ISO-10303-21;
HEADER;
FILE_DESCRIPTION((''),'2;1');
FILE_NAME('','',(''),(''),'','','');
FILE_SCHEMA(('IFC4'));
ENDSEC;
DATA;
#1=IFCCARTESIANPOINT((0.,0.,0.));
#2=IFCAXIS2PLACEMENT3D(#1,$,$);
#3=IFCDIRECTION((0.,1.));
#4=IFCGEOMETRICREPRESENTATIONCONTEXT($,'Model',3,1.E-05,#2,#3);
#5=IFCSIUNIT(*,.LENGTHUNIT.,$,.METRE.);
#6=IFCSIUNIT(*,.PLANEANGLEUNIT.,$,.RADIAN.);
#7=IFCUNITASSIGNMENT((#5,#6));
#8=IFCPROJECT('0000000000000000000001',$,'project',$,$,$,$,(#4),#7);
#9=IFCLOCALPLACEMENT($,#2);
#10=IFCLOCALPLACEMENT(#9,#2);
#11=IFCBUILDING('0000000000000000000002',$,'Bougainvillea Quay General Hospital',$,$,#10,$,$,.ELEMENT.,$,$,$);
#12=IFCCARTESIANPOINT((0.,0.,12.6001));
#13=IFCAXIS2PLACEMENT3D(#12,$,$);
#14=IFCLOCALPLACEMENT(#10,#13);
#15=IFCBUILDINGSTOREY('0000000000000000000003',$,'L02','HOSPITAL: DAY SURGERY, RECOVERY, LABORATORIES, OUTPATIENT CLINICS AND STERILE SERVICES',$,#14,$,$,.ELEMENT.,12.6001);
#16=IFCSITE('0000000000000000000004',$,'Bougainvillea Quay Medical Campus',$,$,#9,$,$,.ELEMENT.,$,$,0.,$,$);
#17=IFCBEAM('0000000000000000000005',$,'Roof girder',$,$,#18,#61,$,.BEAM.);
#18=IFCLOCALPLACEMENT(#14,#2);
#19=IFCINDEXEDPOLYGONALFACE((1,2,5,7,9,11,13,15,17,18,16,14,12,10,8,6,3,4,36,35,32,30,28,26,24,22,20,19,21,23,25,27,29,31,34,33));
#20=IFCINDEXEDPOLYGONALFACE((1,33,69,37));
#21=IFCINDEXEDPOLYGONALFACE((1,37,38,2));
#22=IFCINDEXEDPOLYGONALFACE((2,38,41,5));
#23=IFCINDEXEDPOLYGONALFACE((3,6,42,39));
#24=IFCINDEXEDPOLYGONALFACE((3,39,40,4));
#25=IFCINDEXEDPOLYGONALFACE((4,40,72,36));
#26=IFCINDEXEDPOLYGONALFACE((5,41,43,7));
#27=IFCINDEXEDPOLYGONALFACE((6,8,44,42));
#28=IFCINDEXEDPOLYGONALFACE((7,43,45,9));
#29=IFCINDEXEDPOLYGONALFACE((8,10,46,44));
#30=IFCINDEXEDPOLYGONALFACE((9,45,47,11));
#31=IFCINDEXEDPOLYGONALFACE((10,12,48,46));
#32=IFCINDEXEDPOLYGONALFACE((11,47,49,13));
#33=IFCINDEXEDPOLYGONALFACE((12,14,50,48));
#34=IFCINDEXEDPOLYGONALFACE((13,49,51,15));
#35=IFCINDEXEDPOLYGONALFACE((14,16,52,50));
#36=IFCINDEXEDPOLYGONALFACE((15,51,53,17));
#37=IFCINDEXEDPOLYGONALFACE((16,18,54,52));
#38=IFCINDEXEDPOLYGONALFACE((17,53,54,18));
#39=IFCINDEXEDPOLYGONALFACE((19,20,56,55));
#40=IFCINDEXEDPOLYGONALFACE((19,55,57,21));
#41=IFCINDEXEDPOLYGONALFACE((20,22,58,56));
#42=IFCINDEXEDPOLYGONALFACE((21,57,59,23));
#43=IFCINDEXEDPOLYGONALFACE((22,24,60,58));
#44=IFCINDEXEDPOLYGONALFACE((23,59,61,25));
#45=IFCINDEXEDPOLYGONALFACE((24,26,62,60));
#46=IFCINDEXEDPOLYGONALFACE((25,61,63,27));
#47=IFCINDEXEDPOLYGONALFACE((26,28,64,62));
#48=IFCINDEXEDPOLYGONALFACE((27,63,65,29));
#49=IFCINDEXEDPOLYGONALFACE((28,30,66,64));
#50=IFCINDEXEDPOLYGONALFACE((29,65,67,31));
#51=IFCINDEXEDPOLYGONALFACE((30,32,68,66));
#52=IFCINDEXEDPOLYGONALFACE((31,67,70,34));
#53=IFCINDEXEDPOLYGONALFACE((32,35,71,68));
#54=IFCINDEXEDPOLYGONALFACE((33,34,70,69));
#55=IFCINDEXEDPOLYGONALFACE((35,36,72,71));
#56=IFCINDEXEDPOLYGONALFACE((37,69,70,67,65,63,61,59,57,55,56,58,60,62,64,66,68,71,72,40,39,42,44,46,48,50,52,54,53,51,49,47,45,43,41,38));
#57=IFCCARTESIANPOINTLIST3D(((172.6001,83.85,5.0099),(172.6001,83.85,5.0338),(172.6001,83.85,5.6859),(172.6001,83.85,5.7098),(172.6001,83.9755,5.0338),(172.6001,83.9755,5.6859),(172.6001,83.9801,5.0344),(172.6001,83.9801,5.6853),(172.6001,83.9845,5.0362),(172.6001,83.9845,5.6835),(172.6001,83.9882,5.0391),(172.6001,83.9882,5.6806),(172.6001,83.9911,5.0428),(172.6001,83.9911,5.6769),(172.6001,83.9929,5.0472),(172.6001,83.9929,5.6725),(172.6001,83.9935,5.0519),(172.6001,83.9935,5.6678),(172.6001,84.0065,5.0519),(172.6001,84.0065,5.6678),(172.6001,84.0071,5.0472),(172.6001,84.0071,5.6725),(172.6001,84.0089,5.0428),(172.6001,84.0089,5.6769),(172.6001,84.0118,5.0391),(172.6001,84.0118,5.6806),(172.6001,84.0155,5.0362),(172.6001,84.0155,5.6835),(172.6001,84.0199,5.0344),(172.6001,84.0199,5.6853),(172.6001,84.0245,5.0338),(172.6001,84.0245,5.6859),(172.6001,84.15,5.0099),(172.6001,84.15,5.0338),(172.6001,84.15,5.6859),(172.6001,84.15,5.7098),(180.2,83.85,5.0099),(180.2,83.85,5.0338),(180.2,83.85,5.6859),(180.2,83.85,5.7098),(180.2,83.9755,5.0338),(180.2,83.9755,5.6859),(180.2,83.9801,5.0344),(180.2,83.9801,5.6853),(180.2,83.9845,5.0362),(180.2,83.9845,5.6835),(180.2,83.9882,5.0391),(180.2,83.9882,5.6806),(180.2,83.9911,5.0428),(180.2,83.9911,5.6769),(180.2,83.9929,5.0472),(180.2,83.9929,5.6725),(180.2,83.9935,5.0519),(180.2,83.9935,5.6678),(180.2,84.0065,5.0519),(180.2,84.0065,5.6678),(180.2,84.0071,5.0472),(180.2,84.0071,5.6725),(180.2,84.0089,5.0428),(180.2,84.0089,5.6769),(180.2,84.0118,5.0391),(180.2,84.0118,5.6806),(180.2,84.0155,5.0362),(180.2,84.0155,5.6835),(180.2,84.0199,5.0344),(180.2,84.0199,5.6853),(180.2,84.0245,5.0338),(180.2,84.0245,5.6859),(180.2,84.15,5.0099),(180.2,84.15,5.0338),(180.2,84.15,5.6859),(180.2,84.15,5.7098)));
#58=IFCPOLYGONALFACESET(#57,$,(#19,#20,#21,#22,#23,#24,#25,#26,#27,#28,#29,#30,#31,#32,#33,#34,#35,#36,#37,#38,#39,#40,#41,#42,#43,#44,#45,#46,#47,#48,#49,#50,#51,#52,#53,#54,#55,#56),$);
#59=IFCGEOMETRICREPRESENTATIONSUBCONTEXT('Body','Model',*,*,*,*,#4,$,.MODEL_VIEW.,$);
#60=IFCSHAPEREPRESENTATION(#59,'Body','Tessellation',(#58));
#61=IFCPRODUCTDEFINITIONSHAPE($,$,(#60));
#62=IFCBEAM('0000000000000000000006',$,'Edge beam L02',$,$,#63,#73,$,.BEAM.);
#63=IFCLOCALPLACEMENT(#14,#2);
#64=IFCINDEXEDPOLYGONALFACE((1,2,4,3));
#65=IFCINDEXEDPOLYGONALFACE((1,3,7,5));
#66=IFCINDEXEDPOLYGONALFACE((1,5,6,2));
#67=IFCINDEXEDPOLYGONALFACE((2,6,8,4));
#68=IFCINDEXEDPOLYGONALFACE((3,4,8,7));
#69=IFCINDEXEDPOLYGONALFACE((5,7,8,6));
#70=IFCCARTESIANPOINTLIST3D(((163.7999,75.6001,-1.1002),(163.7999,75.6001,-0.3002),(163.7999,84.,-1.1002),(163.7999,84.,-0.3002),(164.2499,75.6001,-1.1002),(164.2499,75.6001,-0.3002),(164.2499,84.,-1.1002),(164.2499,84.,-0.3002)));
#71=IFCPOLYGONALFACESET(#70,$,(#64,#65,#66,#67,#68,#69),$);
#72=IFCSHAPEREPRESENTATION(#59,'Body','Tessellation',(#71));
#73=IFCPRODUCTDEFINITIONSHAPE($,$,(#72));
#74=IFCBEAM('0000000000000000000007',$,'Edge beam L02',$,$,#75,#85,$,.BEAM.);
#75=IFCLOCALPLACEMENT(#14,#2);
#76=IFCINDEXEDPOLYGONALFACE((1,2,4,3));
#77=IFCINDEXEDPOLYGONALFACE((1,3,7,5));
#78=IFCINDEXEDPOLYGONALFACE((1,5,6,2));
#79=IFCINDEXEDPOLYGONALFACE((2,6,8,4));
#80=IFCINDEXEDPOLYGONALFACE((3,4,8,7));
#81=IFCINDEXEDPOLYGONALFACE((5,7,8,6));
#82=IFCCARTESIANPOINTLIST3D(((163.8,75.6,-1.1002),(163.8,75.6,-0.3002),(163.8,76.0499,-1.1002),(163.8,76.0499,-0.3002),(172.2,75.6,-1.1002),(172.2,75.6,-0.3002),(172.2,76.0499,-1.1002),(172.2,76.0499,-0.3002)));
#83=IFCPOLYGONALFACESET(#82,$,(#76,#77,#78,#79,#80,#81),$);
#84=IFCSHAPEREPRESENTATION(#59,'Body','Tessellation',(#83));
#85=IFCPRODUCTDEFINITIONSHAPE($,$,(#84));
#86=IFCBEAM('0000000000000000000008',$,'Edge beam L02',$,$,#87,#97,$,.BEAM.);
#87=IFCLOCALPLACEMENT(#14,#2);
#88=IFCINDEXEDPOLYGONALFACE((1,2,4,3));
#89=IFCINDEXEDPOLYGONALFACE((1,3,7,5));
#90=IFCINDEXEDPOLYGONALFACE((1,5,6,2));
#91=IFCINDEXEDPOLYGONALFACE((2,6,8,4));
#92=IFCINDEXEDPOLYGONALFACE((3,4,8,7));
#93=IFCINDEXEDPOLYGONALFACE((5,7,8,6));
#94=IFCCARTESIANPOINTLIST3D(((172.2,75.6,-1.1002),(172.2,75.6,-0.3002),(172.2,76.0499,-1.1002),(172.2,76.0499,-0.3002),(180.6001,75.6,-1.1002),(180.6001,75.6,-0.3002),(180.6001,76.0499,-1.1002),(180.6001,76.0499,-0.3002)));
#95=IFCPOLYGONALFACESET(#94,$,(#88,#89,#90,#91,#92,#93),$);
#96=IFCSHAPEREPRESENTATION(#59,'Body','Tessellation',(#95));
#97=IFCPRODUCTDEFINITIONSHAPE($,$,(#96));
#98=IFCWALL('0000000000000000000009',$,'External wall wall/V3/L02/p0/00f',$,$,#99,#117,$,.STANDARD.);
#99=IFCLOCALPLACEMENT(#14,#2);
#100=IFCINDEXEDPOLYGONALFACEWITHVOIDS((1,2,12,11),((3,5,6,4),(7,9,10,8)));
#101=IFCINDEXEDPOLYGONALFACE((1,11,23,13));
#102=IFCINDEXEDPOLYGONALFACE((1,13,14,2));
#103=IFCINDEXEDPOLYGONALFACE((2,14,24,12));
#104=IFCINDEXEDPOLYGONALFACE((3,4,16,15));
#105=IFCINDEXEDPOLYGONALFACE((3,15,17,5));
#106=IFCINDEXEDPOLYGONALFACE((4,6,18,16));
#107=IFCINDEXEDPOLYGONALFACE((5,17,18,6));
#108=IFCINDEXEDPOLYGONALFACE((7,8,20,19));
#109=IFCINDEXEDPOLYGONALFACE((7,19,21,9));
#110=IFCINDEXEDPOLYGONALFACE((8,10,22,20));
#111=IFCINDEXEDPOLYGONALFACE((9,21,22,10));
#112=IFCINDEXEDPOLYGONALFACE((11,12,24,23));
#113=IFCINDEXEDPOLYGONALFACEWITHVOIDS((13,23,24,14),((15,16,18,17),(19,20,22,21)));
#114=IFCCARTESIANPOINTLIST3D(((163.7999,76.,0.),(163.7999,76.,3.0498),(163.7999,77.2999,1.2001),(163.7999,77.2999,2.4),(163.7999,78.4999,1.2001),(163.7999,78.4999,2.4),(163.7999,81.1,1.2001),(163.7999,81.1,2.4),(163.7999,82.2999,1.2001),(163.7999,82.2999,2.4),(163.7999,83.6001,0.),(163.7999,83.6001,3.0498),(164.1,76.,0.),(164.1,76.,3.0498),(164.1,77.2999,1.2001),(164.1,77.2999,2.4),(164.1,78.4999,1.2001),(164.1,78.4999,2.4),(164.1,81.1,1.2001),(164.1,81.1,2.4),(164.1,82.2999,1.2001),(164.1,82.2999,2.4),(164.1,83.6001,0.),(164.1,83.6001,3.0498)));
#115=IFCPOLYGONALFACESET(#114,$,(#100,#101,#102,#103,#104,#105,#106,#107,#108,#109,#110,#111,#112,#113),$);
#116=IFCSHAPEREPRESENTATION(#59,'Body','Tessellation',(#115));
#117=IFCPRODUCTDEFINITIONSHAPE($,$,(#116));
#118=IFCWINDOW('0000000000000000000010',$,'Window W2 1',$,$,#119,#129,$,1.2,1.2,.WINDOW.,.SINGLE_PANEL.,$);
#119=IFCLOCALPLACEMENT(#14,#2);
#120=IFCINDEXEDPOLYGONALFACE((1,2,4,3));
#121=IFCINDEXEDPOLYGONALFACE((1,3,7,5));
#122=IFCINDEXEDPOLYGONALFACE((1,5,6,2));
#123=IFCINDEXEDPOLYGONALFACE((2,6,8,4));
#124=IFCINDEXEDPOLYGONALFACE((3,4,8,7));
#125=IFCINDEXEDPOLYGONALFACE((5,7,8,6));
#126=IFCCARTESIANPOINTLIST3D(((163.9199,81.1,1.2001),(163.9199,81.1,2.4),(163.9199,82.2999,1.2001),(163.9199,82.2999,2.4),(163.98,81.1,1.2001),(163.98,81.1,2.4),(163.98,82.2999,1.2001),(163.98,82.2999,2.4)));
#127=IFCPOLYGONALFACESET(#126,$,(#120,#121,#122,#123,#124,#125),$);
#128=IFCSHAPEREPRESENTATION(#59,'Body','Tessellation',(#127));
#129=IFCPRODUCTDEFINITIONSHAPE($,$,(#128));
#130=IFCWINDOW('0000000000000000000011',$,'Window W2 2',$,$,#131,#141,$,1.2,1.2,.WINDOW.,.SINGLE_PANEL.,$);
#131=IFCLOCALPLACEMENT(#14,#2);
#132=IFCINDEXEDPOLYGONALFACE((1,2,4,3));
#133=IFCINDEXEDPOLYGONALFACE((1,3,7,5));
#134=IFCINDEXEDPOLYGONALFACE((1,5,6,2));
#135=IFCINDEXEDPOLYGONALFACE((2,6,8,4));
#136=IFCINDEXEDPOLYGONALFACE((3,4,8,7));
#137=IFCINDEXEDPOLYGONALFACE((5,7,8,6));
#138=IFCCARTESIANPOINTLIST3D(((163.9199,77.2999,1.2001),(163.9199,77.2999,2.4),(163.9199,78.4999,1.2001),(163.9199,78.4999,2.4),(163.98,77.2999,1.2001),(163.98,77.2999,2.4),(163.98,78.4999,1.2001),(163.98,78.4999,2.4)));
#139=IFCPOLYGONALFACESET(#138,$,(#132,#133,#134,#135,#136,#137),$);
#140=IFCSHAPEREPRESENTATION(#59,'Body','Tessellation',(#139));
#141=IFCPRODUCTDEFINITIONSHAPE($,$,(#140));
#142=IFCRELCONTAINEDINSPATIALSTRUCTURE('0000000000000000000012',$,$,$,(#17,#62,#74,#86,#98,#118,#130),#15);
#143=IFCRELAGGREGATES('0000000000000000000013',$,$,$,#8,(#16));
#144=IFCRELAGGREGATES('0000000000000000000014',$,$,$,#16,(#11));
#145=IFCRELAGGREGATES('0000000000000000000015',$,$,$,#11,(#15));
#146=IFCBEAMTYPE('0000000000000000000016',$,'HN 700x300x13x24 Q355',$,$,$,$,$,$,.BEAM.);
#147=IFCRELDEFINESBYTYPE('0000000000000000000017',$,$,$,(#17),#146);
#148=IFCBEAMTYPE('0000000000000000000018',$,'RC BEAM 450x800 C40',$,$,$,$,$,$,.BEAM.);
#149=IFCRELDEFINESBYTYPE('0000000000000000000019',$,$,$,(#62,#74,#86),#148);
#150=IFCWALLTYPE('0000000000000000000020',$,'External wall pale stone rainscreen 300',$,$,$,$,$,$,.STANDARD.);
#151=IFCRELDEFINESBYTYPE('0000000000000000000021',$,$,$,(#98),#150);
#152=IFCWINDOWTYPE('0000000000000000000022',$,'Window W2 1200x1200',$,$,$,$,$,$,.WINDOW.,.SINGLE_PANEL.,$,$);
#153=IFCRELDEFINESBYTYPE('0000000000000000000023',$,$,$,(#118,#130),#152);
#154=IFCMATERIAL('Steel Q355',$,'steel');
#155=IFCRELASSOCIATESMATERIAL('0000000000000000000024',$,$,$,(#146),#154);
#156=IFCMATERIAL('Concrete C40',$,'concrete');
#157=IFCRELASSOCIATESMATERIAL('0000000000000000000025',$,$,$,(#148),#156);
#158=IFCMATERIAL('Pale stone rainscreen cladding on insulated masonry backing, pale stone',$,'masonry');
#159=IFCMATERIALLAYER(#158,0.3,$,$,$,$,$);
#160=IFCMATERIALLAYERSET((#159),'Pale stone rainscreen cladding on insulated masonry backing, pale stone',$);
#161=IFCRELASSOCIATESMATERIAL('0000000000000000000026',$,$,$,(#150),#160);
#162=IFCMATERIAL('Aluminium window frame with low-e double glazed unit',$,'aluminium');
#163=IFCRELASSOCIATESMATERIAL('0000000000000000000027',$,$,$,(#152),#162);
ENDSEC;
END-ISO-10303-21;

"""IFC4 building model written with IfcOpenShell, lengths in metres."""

from ifc_helpers import new_model, si_unit, direction, frame, frame_2d, origin, origin_2d, place, context, subcontext, project, spatial, rectangle, i_section, extrude, material, layer, layer_set, material_profile, profile_set, type_object, element, fill, save


model = new_model("IFC4")

# Units and contexts
model_context = context("Model", 3, precision=1e-05, world=origin(), true_north=direction((0.0, 1.0)))
body_context = subcontext(model_context, "Body", "Model", "MODEL_VIEW")
ifc_project = project(units=[si_unit("LENGTHUNIT", "METRE"), si_unit("PLANEANGLEUNIT", "RADIAN")], contexts=[model_context])

# Site, building, storey
site_placement = place(None, origin())
site = spatial("IfcSite", under=ifc_project, at=site_placement, Name="Bougainvillea Quay Medical Campus", CompositionType="ELEMENT", RefElevation=0.0)
building_placement = place(site_placement, origin())
building = spatial("IfcBuilding", under=site, at=building_placement, Name="Bougainvillea Quay General Hospital", CompositionType="ELEMENT")
storey_placement = place(building_placement, frame((0.0, 0.0, 12.6001)))
storey = spatial("IfcBuildingStorey", under=building, at=storey_placement, Name="L02", Description="HOSPITAL: DAY SURGERY, RECOVERY, LABORATORIES, OUTPATIENT CLINICS AND STERILE SERVICES", CompositionType="ELEMENT", Elevation=12.6001)

# Shared definitions
ifc_material_1 = material(Name="Concrete C40", Category="concrete")

# Beams
ifc_material_2 = material(Name="Steel Q355", Category="steel")
ifc_material_profile_1 = material_profile(ifc_material_2, i_section(OverallWidth=0.3, OverallDepth=0.7, WebThickness=0.0129, FlangeThickness=0.0239, FilletRadius=0.0181, at=origin_2d()))
ifc_profile_set_1 = profile_set([ifc_material_profile_1], Name="Steel Q355")
beam_type_1 = type_object("IfcBeamType", Name="HN 700x300x13x24 Q355", PredefinedType="BEAM", material=ifc_profile_set_1)
beam_1_placement = place(storey_placement, frame((172.6001, 84.0, 5.3599), z_axis=(1.0, 0.0, 0.0), x_axis=(0.0, 1.0, 0.0)))
element("IfcBeam", 1, at=beam_1_placement, inside=storey, type_object=beam_type_1, Name="Roof girder", PredefinedType="BEAM", context=body_context, shape_type="SweptSolid", body=[
    extrude(i_section(OverallWidth=0.3, OverallDepth=0.7, WebThickness=0.0129, FlangeThickness=0.0239, FilletRadius=0.0181, at=origin_2d()), origin(), (0.0, 0.0, 1.0), 7.5999),
])
ifc_material_profile_2 = material_profile(ifc_material_1, rectangle(XDim=0.45, YDim=0.8, at=origin_2d()))
ifc_profile_set_2 = profile_set([ifc_material_profile_2], Name="Concrete C40")
beam_type_2 = type_object("IfcBeamType", Name="RC BEAM 450x800 C40", PredefinedType="BEAM", material=ifc_profile_set_2)
for number, where, z_axis, x_axis, name in (
    (2, (164.0249, 84.0, -0.7002), (0.0, -1.0, 0.0), (1.0, 0.0, 0.0), "Edge beam L02"),
    (3, (163.8, 75.825, -0.7002), (1.0, 0.0, 0.0), (0.0, 1.0, 0.0), "Edge beam L02"),
):
    element("IfcBeam", number, at=place(storey_placement, frame(where, z_axis=z_axis, x_axis=x_axis)), inside=storey, type_object=beam_type_2, Name=name, PredefinedType="BEAM", context=body_context, shape_type="SweptSolid", body=[
        extrude(rectangle(XDim=0.45, YDim=0.8, at=origin_2d()), origin(), (0.0, 0.0, 1.0), 8.3999),
    ])
beam_2_placement = place(storey_placement, frame((172.2, 75.825, -0.7002), z_axis=(1.0, 0.0, 0.0), x_axis=(0.0, 1.0, 0.0)))
element("IfcBeam", 4, at=beam_2_placement, inside=storey, type_object=beam_type_2, Name="Edge beam L02", PredefinedType="BEAM", context=body_context, shape_type="SweptSolid", body=[
    extrude(rectangle(XDim=0.45, YDim=0.8, at=origin_2d()), origin(), (0.0, 0.0, 1.0), 8.4001),
])

# Wall, openings, windows
ifc_material_3 = material(Name="Pale stone rainscreen cladding on insulated masonry backing, pale stone", Category="masonry")
ifc_layer_1 = layer(ifc_material_3, 0.3)
ifc_layer_set_1 = layer_set([ifc_layer_1], Name="Pale stone rainscreen cladding on insulated masonry backing, pale stone")
wall_type_1 = type_object("IfcWallType", Name="External wall pale stone rainscreen 300", PredefinedType="STANDARD", material=ifc_layer_set_1)
wall_1_placement = place(storey_placement, frame((163.95, 83.6001, 0.0), z_axis=(0.0, 0.0, 1.0), x_axis=(0.0, -1.0, 0.0)))
wall_1 = element("IfcWall", 5, at=wall_1_placement, inside=storey, type_object=wall_type_1, Name="External wall wall/V3/L02/p0/00f", PredefinedType="STANDARD", context=body_context, shape_type="SweptSolid", body=[
    extrude(rectangle(XDim=7.6001, YDim=0.3, at=frame_2d((3.8, 0.0))), origin(), (0.0, 0.0, 1.0), 3.0498),
])
opening_1_placement = place(wall_1_placement, frame((1.3, 0.0, 1.2)))
opening_1 = element("IfcOpeningElement", 6, at=opening_1_placement, cuts=wall_1, PredefinedType="OPENING", context=body_context, shape_type="SweptSolid", body=[
    extrude(rectangle(XDim=1.2, YDim=1.2, at=frame_2d((0.6001, 0.6001))), frame((0.0, 0.1599, 0.0), z_axis=(0.0, -1.0, 0.0), x_axis=(1.0, 0.0, 0.0)), (0.0, 0.0, 1.0), 0.3201),
])
opening_2_placement = place(wall_1_placement, frame((5.1001, 0.0, 1.2)))
opening_2 = element("IfcOpeningElement", 7, at=opening_2_placement, cuts=wall_1, PredefinedType="OPENING", context=body_context, shape_type="SweptSolid", body=[
    extrude(rectangle(XDim=1.2, YDim=1.2, at=frame_2d((0.6001, 0.6001))), frame((0.0, 0.1599, 0.0), z_axis=(0.0, -1.0, 0.0), x_axis=(1.0, 0.0, 0.0)), (0.0, 0.0, 1.0), 0.3201),
])
ifc_material_4 = material(Name="Aluminium window frame with low-e double glazed unit", Category="aluminium")
window_type = type_object("IfcWindowType", Name="Window W2 1200x1200", PartitioningType="SINGLE_PANEL", PredefinedType="WINDOW", material=ifc_material_4)
window_1_placement = place(opening_1_placement, origin())
window_1 = element("IfcWindow", 8, at=window_1_placement, inside=storey, type_object=window_type, Name="Window W2 1", OverallHeight=1.2, OverallWidth=1.2, PartitioningType="SINGLE_PANEL", PredefinedType="WINDOW", context=body_context, shape_type="SweptSolid", body=[
    extrude(rectangle(XDim=1.2, YDim=1.2, at=frame_2d((0.6001, 0.6001))), frame((0.0, 0.03, 0.0), z_axis=(0.0, -1.0, 0.0), x_axis=(1.0, 0.0, 0.0)), (0.0, 0.0, 1.0), 0.0601),
])
fill(opening_1, window_1)
window_2_placement = place(opening_2_placement, origin())
window_2 = element("IfcWindow", 9, at=window_2_placement, inside=storey, type_object=window_type, Name="Window W2 2", OverallHeight=1.2, OverallWidth=1.2, PartitioningType="SINGLE_PANEL", PredefinedType="WINDOW", context=body_context, shape_type="SweptSolid", body=[
    extrude(rectangle(XDim=1.2, YDim=1.2, at=frame_2d((0.6001, 0.6001))), frame((0.0, 0.03, 0.0), z_axis=(0.0, -1.0, 0.0), x_axis=(1.0, 0.0, 0.0)), (0.0, 0.0, 1.0), 0.0601),
])
fill(opening_2, window_2)

save(model, "model.ifc")
